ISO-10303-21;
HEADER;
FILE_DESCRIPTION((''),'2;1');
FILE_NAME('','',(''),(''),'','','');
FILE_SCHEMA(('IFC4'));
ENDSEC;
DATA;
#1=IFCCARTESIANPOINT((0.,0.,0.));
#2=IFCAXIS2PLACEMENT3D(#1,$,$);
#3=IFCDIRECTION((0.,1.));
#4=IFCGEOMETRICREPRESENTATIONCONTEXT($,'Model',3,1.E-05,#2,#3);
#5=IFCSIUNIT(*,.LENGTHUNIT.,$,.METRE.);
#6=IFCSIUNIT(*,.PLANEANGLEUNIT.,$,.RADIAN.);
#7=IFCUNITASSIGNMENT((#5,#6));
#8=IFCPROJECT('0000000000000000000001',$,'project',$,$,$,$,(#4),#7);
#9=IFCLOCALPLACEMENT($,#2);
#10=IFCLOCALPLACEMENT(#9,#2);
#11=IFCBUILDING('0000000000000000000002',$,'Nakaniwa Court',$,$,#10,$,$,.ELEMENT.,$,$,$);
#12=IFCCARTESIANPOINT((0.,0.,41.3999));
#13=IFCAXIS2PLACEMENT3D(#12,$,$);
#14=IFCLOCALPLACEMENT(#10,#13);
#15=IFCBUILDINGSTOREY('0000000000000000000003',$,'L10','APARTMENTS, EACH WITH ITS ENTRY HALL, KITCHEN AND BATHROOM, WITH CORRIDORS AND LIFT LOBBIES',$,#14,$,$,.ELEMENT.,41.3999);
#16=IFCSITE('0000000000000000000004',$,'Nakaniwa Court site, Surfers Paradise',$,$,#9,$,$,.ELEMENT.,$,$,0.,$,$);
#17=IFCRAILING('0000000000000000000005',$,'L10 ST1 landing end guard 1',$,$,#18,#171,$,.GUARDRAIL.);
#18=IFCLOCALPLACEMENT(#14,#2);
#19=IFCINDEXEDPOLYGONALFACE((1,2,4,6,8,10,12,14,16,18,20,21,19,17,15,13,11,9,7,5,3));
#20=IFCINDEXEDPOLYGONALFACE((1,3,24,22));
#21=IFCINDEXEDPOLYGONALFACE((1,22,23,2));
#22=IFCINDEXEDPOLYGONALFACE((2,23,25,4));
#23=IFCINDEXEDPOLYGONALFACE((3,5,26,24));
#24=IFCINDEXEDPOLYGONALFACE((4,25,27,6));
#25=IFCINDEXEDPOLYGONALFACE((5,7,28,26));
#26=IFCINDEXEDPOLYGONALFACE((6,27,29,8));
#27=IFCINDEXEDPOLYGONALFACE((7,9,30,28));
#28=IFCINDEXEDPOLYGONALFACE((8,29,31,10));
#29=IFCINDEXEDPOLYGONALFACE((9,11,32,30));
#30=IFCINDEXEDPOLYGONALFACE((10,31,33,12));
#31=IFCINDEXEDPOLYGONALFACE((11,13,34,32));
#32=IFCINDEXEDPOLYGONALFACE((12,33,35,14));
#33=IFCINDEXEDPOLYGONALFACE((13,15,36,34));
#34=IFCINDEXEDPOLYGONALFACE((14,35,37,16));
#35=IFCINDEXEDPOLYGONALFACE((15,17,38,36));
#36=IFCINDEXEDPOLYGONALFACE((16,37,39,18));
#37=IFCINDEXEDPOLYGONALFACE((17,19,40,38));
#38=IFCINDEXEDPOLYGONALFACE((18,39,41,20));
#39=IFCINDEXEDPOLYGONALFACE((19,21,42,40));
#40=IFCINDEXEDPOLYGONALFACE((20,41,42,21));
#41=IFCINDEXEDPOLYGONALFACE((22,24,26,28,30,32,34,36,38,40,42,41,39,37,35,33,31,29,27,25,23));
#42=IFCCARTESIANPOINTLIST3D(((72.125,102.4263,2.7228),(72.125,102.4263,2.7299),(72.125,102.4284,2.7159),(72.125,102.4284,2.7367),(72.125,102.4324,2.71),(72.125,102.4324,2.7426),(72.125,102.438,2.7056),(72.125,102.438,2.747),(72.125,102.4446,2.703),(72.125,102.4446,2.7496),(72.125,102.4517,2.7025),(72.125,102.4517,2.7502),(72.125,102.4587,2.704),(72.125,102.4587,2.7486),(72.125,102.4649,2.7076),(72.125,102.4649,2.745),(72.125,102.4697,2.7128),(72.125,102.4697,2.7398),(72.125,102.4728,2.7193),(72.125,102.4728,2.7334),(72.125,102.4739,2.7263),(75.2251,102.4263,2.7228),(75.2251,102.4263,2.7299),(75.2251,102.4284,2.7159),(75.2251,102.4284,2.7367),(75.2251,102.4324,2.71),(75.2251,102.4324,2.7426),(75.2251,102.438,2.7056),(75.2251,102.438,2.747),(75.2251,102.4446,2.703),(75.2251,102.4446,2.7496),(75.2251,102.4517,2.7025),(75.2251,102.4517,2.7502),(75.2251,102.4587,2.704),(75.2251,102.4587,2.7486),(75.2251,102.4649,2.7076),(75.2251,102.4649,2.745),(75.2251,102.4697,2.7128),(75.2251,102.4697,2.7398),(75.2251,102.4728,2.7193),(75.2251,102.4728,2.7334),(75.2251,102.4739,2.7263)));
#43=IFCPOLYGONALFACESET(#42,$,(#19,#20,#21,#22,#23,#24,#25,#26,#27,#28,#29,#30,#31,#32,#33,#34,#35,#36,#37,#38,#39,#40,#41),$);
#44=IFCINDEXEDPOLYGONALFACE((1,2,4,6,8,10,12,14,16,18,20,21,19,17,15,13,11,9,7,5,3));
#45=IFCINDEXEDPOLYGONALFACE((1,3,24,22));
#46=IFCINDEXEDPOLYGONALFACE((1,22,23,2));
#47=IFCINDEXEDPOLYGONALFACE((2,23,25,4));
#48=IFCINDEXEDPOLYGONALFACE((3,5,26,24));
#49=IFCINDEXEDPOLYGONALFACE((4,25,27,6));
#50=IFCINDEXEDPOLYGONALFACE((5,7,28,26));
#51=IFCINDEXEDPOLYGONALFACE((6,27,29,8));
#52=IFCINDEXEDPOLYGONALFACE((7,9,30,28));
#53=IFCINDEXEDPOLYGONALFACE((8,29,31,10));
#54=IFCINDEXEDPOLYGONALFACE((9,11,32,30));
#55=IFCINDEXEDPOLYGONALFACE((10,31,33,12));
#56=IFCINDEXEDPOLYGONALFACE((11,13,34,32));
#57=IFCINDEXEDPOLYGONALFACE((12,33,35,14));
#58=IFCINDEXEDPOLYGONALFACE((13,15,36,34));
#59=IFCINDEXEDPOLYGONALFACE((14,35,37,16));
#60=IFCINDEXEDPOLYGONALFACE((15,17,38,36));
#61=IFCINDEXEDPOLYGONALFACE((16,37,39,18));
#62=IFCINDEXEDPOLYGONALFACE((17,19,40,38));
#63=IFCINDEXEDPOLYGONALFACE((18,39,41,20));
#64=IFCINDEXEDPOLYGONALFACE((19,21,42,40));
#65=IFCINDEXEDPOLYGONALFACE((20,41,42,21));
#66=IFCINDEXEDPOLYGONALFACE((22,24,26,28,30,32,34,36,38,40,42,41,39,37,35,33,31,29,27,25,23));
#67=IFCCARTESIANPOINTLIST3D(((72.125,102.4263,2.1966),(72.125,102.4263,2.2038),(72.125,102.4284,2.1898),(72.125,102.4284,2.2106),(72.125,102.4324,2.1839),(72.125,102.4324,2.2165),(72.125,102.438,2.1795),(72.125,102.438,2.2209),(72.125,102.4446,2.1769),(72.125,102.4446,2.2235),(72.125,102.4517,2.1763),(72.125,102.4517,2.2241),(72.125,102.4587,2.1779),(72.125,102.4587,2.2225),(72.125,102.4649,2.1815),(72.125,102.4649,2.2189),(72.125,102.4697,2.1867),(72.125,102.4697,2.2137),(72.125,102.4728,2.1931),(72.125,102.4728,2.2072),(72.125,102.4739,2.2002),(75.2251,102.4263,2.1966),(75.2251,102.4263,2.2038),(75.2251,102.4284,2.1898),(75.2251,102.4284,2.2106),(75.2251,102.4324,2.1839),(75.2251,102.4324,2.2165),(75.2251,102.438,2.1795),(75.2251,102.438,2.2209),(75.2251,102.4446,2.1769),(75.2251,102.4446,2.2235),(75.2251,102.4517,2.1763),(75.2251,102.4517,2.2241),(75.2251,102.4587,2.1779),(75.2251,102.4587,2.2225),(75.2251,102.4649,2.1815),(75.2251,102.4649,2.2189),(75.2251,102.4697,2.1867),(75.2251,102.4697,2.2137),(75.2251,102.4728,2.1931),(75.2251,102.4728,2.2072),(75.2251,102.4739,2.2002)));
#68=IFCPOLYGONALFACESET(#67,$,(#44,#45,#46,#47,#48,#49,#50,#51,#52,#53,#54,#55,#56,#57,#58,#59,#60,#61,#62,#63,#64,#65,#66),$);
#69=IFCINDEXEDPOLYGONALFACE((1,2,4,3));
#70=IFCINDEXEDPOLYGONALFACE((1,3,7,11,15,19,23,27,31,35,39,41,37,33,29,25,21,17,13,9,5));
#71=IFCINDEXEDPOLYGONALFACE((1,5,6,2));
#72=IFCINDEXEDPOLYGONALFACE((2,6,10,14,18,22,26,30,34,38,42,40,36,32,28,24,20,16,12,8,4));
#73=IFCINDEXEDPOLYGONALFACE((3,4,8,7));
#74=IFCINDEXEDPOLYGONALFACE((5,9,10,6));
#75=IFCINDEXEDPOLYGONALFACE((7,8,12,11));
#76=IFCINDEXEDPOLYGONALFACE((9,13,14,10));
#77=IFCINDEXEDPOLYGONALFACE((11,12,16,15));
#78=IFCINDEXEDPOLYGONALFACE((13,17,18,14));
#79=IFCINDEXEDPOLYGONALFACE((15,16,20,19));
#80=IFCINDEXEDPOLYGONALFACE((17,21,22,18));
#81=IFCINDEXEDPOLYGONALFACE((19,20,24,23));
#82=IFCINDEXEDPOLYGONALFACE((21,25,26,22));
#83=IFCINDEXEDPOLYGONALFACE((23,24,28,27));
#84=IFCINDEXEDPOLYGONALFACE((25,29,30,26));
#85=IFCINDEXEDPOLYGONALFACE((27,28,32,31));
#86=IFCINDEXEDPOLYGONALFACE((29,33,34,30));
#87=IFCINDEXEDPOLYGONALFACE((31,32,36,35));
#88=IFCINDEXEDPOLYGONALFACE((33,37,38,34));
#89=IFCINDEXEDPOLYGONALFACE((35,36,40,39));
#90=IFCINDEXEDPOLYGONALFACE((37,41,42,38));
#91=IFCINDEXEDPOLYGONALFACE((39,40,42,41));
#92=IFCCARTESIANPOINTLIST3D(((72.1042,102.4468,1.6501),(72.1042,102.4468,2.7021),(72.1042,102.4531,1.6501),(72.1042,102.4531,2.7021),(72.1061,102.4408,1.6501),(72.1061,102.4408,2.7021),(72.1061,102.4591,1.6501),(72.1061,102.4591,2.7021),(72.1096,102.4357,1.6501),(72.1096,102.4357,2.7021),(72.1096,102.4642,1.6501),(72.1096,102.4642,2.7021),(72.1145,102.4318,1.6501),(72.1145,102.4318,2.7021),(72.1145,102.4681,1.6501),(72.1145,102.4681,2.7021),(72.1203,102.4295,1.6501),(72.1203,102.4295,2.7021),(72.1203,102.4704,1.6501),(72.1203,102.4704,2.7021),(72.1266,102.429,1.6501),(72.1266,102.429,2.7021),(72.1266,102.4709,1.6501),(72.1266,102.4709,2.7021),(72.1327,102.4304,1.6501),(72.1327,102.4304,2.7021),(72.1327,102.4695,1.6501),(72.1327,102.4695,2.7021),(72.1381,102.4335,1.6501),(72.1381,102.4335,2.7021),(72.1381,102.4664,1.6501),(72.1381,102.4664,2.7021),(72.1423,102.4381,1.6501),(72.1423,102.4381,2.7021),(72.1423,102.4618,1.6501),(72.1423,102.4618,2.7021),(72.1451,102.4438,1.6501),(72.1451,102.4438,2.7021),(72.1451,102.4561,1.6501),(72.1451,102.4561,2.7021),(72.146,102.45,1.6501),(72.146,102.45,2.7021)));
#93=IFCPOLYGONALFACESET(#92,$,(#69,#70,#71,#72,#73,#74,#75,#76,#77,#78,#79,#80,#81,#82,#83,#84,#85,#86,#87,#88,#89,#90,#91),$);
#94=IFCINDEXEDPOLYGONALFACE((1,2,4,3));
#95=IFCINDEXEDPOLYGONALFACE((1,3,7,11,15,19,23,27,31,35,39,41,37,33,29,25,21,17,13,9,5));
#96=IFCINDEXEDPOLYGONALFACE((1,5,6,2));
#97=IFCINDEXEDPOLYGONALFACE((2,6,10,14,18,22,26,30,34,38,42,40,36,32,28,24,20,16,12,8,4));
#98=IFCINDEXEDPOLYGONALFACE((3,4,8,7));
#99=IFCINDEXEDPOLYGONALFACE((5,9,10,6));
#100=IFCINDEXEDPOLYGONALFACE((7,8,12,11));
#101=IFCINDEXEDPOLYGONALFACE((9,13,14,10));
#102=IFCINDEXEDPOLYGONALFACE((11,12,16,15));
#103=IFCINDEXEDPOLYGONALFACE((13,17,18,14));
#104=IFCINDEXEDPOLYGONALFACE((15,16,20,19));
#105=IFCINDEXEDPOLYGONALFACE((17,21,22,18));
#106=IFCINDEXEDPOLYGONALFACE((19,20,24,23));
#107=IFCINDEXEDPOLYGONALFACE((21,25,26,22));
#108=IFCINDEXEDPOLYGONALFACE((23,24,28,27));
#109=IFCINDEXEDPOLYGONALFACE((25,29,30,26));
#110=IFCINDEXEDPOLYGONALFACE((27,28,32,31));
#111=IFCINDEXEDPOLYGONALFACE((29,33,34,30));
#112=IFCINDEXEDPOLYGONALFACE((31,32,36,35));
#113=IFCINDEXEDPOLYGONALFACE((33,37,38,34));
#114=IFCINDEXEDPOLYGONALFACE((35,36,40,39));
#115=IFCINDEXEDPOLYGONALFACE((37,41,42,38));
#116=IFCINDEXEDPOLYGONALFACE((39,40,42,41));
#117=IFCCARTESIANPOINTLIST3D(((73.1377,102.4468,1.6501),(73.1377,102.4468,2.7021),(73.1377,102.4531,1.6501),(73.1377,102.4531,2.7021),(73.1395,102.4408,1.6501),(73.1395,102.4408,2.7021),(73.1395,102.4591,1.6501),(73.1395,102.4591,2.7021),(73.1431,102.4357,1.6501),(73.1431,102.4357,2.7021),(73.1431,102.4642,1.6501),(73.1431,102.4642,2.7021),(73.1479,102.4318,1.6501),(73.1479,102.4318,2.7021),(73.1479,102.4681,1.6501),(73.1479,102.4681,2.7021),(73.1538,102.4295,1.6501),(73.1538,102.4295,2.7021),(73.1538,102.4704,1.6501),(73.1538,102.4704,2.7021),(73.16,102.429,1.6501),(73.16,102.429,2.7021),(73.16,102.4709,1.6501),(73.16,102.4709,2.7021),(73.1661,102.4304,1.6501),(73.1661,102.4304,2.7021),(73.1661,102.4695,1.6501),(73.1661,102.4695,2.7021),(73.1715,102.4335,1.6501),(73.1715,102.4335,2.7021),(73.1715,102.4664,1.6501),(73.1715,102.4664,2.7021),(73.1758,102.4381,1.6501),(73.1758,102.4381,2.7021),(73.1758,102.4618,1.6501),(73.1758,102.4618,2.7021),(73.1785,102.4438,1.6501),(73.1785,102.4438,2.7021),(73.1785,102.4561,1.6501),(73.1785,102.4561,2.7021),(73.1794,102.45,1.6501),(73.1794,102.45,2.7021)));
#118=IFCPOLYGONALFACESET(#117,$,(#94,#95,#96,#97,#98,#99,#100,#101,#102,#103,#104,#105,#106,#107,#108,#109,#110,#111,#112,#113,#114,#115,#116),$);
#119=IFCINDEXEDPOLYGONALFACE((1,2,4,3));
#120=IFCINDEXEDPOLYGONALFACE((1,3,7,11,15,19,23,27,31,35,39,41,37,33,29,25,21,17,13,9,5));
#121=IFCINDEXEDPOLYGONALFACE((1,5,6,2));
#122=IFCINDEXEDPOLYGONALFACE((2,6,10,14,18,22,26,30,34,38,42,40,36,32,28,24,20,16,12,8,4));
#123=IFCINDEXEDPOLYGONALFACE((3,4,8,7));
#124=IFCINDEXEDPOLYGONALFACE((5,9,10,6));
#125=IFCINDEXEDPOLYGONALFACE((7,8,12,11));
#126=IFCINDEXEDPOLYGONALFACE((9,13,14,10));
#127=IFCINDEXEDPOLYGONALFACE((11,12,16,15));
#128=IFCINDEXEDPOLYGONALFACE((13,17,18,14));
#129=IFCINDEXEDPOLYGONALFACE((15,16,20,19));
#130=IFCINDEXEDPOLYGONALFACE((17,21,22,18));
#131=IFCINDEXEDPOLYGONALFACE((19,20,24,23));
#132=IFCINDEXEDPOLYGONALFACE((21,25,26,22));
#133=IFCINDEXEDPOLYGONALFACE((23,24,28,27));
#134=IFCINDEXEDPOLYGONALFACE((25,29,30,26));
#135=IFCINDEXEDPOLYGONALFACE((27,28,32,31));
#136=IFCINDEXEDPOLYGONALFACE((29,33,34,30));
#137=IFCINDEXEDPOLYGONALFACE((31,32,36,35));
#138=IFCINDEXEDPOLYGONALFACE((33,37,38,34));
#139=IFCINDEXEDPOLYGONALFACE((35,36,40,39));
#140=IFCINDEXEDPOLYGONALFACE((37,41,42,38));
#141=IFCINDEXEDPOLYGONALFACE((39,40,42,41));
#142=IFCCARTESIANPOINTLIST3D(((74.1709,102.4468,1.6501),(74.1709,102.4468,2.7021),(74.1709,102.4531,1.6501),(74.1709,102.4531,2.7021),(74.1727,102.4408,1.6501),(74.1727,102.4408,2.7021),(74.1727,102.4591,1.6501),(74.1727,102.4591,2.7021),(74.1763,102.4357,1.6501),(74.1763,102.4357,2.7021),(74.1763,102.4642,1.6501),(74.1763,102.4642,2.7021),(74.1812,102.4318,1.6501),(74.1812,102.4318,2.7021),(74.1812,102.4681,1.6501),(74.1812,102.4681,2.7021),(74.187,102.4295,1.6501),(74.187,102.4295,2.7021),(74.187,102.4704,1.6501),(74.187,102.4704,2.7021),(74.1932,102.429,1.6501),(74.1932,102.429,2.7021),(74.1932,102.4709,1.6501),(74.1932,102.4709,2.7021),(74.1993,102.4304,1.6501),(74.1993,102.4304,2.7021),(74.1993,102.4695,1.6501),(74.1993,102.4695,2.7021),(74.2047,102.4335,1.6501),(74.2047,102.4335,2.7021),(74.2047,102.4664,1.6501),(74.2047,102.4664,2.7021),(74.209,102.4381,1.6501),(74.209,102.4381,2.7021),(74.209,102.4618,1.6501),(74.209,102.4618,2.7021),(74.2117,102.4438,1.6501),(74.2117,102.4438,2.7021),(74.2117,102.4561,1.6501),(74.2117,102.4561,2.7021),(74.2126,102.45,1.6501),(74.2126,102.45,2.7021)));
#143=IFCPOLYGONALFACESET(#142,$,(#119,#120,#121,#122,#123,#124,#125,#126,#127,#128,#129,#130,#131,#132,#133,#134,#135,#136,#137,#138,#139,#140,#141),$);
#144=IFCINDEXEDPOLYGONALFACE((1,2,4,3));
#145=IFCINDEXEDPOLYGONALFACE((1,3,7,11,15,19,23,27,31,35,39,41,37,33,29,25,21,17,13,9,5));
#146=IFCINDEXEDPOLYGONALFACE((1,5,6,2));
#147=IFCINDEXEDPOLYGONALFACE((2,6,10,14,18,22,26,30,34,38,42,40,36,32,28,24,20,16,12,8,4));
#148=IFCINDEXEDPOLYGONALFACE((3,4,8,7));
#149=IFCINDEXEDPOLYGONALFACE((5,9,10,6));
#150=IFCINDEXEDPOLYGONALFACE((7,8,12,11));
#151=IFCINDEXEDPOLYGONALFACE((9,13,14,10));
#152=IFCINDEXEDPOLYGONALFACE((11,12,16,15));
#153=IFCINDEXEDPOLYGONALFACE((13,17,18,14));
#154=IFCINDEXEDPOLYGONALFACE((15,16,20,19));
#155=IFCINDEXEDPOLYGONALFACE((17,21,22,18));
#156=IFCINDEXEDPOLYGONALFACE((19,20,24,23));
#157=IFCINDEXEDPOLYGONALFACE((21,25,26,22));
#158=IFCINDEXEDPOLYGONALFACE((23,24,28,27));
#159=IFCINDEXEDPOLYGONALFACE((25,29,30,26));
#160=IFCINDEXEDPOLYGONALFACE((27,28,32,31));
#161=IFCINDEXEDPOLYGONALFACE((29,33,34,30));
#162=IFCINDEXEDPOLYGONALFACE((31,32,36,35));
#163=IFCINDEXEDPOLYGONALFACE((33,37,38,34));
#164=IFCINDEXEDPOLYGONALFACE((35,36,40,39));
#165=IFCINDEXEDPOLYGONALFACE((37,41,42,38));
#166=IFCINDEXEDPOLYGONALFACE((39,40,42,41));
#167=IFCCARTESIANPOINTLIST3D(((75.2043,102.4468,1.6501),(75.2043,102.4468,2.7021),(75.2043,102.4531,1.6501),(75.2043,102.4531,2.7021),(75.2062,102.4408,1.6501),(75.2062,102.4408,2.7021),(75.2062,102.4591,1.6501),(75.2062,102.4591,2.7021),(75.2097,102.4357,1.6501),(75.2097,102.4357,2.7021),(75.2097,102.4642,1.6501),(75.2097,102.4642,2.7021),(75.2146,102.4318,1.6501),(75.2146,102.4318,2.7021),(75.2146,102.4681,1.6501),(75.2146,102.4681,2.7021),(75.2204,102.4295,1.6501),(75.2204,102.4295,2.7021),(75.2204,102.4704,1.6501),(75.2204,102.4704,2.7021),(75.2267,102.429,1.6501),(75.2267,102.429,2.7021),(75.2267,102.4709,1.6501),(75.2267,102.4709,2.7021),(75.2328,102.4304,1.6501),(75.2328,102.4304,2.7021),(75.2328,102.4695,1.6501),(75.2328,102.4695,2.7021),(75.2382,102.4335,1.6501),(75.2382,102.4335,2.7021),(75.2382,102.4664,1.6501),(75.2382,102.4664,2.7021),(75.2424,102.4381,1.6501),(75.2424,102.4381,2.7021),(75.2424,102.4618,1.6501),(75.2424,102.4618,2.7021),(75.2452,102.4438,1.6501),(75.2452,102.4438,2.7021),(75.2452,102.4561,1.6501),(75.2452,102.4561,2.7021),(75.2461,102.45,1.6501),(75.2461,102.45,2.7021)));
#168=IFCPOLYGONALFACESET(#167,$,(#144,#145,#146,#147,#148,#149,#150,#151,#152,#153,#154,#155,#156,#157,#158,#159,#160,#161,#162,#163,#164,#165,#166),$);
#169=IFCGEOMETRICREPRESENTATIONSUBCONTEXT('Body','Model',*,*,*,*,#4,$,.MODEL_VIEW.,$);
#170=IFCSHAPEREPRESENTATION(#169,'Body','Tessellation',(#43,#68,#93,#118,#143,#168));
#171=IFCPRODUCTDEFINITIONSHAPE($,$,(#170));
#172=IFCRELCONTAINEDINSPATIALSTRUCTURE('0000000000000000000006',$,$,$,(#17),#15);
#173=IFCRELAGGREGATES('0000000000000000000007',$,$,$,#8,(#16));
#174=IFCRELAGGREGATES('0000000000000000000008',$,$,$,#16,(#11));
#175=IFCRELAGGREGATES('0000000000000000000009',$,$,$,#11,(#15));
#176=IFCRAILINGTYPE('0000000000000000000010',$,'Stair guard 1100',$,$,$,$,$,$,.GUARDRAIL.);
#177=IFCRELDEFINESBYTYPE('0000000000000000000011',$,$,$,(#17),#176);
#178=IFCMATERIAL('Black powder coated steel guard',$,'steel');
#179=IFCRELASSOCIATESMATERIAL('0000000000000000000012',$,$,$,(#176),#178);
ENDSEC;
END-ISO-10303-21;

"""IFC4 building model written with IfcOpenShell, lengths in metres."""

from ifc_helpers import new_model, si_unit, direction, frame, origin, origin_2d, place, context, subcontext, project, spatial, circle, extrude, material, type_object, element, save


model = new_model("IFC4")

# Units and contexts
model_context = context("Model", 3, precision=1e-05, world=origin(), true_north=direction((0.0, 1.0)))
body_context = subcontext(model_context, "Body", "Model", "MODEL_VIEW")
ifc_project = project(units=[si_unit("LENGTHUNIT", "METRE"), si_unit("PLANEANGLEUNIT", "RADIAN")], contexts=[model_context])

# Site, building, storey
site_placement = place(None, origin())
site = spatial("IfcSite", under=ifc_project, at=site_placement, Name="Nakaniwa Court site, Surfers Paradise", CompositionType="ELEMENT", RefElevation=0.0)
building_placement = place(site_placement, origin())
building = spatial("IfcBuilding", under=site, at=building_placement, Name="Nakaniwa Court", CompositionType="ELEMENT")
storey_placement = place(building_placement, frame((0.0, 0.0, 41.3999)))
storey = spatial("IfcBuildingStorey", under=building, at=storey_placement, Name="L10", Description="APARTMENTS, EACH WITH ITS ENTRY HALL, KITCHEN AND BATHROOM, WITH CORRIDORS AND LIFT LOBBIES", CompositionType="ELEMENT", Elevation=41.3999)

# Railing
ifc_material_1 = material(Name="Black powder coated steel guard", Category="steel")
railing_type_1 = type_object("IfcRailingType", Name="Stair guard 1100", PredefinedType="GUARDRAIL", material=ifc_material_1)
railing_1_placement = place(storey_placement, frame((72.125, 102.45, 1.6501)))
element("IfcRailing", 1, at=railing_1_placement, inside=storey, type_object=railing_type_1, Name="L10 ST1 landing end guard 1", PredefinedType="GUARDRAIL", context=body_context, shape_type="SweptSolid", body=[
    extrude(circle(Radius=0.0239, at=origin_2d()), frame((0.0, 0.0, 1.0762), z_axis=(1.0, 0.0, 0.0), x_axis=(0.0, 1.0, 0.0)), (0.0, 0.0, 1.0), 3.1001),
    extrude(circle(Radius=0.0239, at=origin_2d()), frame((0.0, 0.0, 0.55), z_axis=(1.0, 0.0, 0.0), x_axis=(0.0, 1.0, 0.0)), (0.0, 0.0, 1.0), 3.1001),
    extrude(circle(Radius=0.021, at=origin_2d()), origin(), (0.0, 0.0, 1.0), 1.052),
    extrude(circle(Radius=0.021, at=origin_2d()), frame((1.0334, 0.0, 0.0)), (0.0, 0.0, 1.0), 1.052),
    extrude(circle(Radius=0.021, at=origin_2d()), frame((2.0667, 0.0, 0.0)), (0.0, 0.0, 1.0), 1.052),
    extrude(circle(Radius=0.021, at=origin_2d()), frame((3.1001, 0.0, 0.0)), (0.0, 0.0, 1.0), 1.052),
])

save(model, "model.ifc")
